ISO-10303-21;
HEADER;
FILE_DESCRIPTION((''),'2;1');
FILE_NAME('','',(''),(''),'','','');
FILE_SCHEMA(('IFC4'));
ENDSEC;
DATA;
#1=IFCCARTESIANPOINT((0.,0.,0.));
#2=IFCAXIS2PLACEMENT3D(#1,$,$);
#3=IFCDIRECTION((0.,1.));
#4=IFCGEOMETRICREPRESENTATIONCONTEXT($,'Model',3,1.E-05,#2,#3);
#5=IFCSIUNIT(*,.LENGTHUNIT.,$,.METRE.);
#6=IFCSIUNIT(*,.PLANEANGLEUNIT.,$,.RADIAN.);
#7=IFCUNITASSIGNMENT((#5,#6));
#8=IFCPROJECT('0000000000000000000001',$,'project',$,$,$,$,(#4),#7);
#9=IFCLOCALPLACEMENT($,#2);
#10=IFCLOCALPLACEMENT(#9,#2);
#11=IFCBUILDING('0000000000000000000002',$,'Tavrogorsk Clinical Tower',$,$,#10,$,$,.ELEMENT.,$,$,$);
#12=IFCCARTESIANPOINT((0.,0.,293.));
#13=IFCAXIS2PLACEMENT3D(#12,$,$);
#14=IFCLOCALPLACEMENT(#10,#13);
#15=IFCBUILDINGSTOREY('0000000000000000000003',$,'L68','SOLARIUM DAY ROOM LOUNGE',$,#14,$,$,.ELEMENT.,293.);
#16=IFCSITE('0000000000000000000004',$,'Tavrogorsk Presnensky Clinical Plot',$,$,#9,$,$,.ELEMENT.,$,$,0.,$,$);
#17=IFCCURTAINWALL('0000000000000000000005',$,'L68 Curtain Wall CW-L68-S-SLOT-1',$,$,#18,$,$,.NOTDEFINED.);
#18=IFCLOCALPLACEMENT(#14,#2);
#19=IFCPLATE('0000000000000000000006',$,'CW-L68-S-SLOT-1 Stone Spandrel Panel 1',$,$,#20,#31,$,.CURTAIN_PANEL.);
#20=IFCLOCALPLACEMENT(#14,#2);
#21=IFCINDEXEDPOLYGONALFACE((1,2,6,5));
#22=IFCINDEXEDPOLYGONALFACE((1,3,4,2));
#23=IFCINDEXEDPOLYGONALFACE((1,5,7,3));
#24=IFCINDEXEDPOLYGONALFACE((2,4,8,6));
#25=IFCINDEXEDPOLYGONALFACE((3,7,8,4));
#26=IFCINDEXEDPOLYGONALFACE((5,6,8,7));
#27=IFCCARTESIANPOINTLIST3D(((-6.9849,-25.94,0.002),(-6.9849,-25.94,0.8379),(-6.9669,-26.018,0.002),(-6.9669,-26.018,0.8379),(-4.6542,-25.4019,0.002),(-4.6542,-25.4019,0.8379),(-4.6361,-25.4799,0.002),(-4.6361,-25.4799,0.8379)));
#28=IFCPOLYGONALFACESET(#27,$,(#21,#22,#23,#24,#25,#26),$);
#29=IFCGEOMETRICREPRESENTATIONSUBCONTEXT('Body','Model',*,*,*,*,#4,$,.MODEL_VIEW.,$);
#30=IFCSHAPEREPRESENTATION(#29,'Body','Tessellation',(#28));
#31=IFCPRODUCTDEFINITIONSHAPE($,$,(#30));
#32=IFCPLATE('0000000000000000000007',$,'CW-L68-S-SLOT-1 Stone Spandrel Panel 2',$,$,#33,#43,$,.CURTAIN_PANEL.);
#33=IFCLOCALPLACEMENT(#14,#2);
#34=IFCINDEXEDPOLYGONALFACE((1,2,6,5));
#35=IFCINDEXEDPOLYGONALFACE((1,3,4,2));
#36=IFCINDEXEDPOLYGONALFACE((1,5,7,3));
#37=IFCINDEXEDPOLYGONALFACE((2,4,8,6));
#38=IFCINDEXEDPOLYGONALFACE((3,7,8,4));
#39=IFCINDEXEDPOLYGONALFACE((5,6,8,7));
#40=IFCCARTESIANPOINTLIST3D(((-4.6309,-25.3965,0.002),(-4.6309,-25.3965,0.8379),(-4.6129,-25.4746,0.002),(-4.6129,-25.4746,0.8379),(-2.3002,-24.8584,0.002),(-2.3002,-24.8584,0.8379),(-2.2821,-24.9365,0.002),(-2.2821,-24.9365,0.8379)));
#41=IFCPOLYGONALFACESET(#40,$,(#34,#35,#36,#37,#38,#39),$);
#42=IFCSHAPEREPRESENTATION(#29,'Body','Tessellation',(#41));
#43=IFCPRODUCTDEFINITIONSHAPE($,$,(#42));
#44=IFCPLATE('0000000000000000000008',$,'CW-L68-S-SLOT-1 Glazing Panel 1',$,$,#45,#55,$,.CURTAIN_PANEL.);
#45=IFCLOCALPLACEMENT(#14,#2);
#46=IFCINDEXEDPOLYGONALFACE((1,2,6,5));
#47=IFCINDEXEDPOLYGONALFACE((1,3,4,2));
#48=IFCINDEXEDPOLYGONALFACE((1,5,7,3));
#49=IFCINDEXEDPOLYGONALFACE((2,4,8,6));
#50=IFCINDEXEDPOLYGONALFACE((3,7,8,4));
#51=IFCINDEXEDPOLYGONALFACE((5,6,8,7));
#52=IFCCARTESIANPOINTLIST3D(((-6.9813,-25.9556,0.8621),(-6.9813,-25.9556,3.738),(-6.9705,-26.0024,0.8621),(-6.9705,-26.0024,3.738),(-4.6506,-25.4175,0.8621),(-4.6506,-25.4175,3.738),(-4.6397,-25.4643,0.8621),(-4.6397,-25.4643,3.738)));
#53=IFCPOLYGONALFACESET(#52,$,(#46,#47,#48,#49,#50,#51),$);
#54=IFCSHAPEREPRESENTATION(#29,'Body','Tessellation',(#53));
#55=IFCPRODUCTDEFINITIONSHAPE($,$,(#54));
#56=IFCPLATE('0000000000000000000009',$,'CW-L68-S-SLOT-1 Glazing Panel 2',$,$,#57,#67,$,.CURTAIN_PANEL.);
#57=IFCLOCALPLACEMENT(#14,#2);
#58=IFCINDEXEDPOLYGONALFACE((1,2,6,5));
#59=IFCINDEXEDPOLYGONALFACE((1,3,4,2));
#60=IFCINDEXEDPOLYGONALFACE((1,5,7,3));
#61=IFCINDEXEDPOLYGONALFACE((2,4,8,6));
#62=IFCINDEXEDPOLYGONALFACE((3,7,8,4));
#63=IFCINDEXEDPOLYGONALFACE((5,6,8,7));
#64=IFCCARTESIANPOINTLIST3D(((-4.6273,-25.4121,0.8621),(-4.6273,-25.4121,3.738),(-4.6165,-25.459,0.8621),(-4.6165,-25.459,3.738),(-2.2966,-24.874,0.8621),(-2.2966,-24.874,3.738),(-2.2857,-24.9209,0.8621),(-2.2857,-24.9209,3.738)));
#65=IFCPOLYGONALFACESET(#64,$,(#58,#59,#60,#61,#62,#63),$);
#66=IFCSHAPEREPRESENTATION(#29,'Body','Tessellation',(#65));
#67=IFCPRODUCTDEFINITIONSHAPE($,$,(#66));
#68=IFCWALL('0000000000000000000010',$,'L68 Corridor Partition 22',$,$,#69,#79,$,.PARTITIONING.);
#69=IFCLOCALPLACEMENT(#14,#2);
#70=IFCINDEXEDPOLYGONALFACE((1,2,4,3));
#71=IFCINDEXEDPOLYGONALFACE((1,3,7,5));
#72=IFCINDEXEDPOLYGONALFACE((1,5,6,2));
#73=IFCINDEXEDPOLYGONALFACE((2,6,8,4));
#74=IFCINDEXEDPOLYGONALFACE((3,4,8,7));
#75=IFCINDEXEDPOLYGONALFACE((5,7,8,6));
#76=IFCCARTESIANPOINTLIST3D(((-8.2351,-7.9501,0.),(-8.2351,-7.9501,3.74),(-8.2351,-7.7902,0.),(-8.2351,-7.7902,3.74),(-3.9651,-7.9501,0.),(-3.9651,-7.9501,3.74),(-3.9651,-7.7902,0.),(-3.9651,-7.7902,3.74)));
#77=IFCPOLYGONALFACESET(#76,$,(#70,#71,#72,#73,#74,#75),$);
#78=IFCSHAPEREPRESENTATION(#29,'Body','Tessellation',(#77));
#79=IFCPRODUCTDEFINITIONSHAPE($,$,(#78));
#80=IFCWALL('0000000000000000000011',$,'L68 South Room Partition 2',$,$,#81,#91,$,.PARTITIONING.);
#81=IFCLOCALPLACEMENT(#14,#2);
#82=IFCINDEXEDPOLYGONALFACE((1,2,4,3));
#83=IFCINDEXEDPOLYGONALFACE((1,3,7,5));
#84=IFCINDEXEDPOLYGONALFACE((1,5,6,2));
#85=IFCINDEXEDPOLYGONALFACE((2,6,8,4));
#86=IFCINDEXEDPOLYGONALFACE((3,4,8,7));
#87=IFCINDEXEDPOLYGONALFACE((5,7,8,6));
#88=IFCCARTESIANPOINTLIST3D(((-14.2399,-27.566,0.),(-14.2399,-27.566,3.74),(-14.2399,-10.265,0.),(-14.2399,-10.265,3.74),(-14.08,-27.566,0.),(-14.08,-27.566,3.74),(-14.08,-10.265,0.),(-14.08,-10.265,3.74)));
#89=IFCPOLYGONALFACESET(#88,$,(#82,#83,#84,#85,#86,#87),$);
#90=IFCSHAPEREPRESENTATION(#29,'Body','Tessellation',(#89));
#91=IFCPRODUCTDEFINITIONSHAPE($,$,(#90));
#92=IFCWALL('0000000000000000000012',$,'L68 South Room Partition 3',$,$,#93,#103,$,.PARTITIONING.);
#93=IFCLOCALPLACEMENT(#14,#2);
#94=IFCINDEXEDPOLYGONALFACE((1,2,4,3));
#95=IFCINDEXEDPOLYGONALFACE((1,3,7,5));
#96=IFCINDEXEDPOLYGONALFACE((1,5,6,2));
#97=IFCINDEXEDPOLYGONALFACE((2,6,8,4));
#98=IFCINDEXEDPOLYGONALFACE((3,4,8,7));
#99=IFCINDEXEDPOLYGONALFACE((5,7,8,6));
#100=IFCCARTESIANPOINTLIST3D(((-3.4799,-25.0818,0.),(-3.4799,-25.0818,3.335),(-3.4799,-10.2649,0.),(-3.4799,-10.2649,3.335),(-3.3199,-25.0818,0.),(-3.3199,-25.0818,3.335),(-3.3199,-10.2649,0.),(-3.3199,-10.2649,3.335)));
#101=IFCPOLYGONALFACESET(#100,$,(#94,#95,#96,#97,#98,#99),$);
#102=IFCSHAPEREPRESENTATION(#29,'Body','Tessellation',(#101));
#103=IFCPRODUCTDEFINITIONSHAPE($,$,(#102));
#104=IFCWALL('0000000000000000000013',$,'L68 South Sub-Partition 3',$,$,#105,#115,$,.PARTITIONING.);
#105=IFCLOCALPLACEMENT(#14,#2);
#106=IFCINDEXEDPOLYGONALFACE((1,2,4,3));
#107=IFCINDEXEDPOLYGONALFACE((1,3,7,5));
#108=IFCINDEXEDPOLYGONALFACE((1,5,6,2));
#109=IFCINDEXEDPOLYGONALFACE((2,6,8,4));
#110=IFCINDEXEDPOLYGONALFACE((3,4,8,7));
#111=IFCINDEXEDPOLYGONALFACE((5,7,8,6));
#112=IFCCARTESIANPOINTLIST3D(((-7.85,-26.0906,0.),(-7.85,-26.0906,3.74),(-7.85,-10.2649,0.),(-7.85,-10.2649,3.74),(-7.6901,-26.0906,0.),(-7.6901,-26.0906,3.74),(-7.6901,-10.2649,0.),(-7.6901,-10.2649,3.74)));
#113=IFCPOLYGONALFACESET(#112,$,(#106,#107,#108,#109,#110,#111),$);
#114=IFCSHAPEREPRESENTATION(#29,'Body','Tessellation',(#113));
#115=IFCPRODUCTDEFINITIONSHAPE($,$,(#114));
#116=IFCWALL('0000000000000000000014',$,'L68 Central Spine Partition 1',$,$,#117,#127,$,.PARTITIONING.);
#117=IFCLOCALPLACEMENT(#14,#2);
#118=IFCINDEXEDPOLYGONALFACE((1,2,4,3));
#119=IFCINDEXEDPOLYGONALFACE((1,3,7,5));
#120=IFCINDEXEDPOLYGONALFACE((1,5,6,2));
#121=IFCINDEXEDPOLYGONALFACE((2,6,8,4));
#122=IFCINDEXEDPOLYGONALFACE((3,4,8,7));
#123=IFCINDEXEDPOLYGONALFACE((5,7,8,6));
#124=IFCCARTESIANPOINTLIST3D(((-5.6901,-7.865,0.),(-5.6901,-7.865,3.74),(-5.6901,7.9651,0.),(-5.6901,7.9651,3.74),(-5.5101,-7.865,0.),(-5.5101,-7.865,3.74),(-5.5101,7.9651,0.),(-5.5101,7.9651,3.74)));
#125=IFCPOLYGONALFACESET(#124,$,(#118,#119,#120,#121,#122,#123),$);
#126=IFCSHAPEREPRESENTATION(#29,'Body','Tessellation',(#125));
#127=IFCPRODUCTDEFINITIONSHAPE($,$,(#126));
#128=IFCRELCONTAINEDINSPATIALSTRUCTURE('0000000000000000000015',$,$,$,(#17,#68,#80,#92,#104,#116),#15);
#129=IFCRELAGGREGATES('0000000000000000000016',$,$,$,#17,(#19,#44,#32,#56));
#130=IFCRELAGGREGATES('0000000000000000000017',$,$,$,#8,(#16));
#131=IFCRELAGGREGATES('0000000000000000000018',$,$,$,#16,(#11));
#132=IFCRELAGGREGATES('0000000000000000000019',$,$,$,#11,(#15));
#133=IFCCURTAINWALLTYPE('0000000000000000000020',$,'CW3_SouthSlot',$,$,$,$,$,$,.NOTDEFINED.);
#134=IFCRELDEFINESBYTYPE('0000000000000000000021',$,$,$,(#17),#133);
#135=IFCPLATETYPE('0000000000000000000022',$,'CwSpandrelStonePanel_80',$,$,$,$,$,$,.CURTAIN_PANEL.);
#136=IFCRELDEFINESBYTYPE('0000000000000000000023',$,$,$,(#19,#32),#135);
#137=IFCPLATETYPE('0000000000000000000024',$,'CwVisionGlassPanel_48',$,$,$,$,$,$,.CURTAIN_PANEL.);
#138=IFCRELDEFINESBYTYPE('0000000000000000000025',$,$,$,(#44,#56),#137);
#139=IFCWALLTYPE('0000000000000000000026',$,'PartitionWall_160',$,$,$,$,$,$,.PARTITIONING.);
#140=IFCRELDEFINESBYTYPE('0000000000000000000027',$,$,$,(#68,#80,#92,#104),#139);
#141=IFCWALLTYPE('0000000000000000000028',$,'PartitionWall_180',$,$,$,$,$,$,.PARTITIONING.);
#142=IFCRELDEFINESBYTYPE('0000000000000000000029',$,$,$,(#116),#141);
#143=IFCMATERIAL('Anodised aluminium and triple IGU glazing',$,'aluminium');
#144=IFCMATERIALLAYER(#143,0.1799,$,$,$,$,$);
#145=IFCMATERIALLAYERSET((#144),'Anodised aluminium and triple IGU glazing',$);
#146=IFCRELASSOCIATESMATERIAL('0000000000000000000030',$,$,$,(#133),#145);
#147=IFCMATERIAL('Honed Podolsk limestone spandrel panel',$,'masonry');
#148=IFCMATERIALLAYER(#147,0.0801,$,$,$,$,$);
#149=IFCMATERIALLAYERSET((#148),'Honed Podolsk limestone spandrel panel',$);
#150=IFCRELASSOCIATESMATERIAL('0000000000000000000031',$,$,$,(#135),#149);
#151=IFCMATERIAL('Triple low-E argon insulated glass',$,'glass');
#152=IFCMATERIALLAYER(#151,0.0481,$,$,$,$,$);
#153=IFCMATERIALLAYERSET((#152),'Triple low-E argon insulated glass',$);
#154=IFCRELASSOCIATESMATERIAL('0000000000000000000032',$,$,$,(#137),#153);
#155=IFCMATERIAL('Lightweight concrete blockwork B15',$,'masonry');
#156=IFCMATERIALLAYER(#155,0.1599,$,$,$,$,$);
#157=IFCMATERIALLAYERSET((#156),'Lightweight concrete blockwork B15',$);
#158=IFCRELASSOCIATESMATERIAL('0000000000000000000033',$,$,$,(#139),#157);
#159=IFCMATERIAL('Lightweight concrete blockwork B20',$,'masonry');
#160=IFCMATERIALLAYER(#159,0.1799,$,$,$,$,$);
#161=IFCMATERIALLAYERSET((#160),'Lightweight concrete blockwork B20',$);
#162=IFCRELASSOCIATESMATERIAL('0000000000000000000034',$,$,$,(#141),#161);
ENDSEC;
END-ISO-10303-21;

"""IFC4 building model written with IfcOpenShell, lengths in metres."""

from ifc_helpers import new_model, si_unit, direction, frame, frame_2d, origin, origin_2d, place, context, subcontext, project, spatial, rectangle, extrude, material, layer, layer_set, type_object, element, aggregate, save


model = new_model("IFC4")

# Units and contexts
model_context = context("Model", 3, precision=1e-05, world=origin(), true_north=direction((0.0, 1.0)))
body_context = subcontext(model_context, "Body", "Model", "MODEL_VIEW")
ifc_project = project(units=[si_unit("LENGTHUNIT", "METRE"), si_unit("PLANEANGLEUNIT", "RADIAN")], contexts=[model_context])

# Site, building, storey
site_placement = place(None, origin())
site = spatial("IfcSite", under=ifc_project, at=site_placement, Name="Tavrogorsk Presnensky Clinical Plot", CompositionType="ELEMENT", RefElevation=0.0)
building_placement = place(site_placement, origin())
building = spatial("IfcBuilding", under=site, at=building_placement, Name="Tavrogorsk Clinical Tower", CompositionType="ELEMENT")
storey_placement = place(building_placement, frame((0.0, 0.0, 293.0)))
storey = spatial("IfcBuildingStorey", under=building, at=storey_placement, Name="L68", Description="SOLARIUM DAY ROOM LOUNGE", CompositionType="ELEMENT", Elevation=293.0)

# Curtain wall
ifc_material_1 = material(Name="Anodised aluminium and triple IGU glazing", Category="aluminium")
ifc_layer_1 = layer(ifc_material_1, 0.1799)
ifc_layer_set_1 = layer_set([ifc_layer_1], Name="Anodised aluminium and triple IGU glazing")
curtain_wall_type = type_object("IfcCurtainWallType", Name="CW3_SouthSlot", PredefinedType="NOTDEFINED", material=ifc_layer_set_1)
curtain_wall_placement = place(storey_placement, origin())
curtain_wall = element("IfcCurtainWall", 1, at=curtain_wall_placement, inside=storey, type_object=curtain_wall_type, Name="L68 Curtain Wall CW-L68-S-SLOT-1", PredefinedType="NOTDEFINED")

# Plates
ifc_material_2 = material(Name="Honed Podolsk limestone spandrel panel", Category="masonry")
ifc_layer_2 = layer(ifc_material_2, 0.0801)
ifc_layer_set_2 = layer_set([ifc_layer_2], Name="Honed Podolsk limestone spandrel panel")
plate_type_1 = type_object("IfcPlateType", Name="CwSpandrelStonePanel_80", PredefinedType="CURTAIN_PANEL", material=ifc_layer_set_2)
plate_1_placement = place(storey_placement, frame((-5.8105, -25.71, 0.002), z_axis=(0.0, 0.0, 1.0), x_axis=(0.97437, 0.224951, 0.0)))
plate_1 = element("IfcPlate", 2, at=plate_1_placement, type_object=plate_type_1, Name="CW-L68-S-SLOT-1 Stone Spandrel Panel 1", PredefinedType="CURTAIN_PANEL", context=body_context, shape_type="SweptSolid", body=[
    extrude(rectangle(XDim=2.3921, YDim=0.0801, at=origin_2d()), origin(), (0.0, 0.0, 1.0), 0.8359),
])
plate_2_placement = place(storey_placement, frame((-3.4565, -25.1665, 0.002), z_axis=(0.0, 0.0, 1.0), x_axis=(0.97437, 0.224951, 0.0)))
plate_2 = element("IfcPlate", 3, at=plate_2_placement, type_object=plate_type_1, Name="CW-L68-S-SLOT-1 Stone Spandrel Panel 2", PredefinedType="CURTAIN_PANEL", context=body_context, shape_type="SweptSolid", body=[
    extrude(rectangle(XDim=2.3921, YDim=0.0801, at=origin_2d()), origin(), (0.0, 0.0, 1.0), 0.8359),
])
ifc_material_3 = material(Name="Triple low-E argon insulated glass", Category="glass")
ifc_layer_3 = layer(ifc_material_3, 0.0481)
ifc_layer_set_3 = layer_set([ifc_layer_3], Name="Triple low-E argon insulated glass")
plate_type_2 = type_object("IfcPlateType", Name="CwVisionGlassPanel_48", PredefinedType="CURTAIN_PANEL", material=ifc_layer_set_3)
plate_3_placement = place(storey_placement, frame((-5.8105, -25.71, 0.8621), z_axis=(0.0, 0.0, 1.0), x_axis=(0.97437, 0.224951, 0.0)))
plate_3 = element("IfcPlate", 4, at=plate_3_placement, type_object=plate_type_2, Name="CW-L68-S-SLOT-1 Glazing Panel 1", PredefinedType="CURTAIN_PANEL", context=body_context, shape_type="SweptSolid", body=[
    extrude(rectangle(XDim=2.3921, YDim=0.0481, at=origin_2d()), origin(), (0.0, 0.0, 1.0), 2.876),
])
plate_4_placement = place(storey_placement, frame((-3.4565, -25.1665, 0.8621), z_axis=(0.0, 0.0, 1.0), x_axis=(0.97437, 0.224951, 0.0)))
plate_4 = element("IfcPlate", 5, at=plate_4_placement, type_object=plate_type_2, Name="CW-L68-S-SLOT-1 Glazing Panel 2", PredefinedType="CURTAIN_PANEL", context=body_context, shape_type="SweptSolid", body=[
    extrude(rectangle(XDim=2.3921, YDim=0.0481, at=origin_2d()), origin(), (0.0, 0.0, 1.0), 2.876),
])
aggregate(curtain_wall, [plate_1, plate_3, plate_2, plate_4])

# Walls
ifc_material_4 = material(Name="Lightweight concrete blockwork B15", Category="masonry")
ifc_layer_4 = layer(ifc_material_4, 0.1599)
ifc_layer_set_4 = layer_set([ifc_layer_4], Name="Lightweight concrete blockwork B15")
wall_type_1 = type_object("IfcWallType", Name="PartitionWall_160", PredefinedType="PARTITIONING", material=ifc_layer_set_4)
wall_1_placement = place(storey_placement, frame((-8.2351, -7.8701, 0.0), z_axis=(0.0, 0.0, 1.0), x_axis=(1.0, 0.0, 0.0)))
element("IfcWall", 6, at=wall_1_placement, inside=storey, type_object=wall_type_1, Name="L68 Corridor Partition 22", PredefinedType="PARTITIONING", context=body_context, shape_type="SweptSolid", body=[
    extrude(rectangle(XDim=4.27, YDim=0.1599, at=frame_2d((2.135, 0.0))), origin(), (0.0, 0.0, 1.0), 3.74),
])
wall_2_placement = place(storey_placement, frame((-14.1599, -27.5659, 0.0), z_axis=(0.0, 0.0, 1.0), x_axis=(0.0, 1.0, 0.0)))
element("IfcWall", 7, at=wall_2_placement, inside=storey, type_object=wall_type_1, Name="L68 South Room Partition 2", PredefinedType="PARTITIONING", context=body_context, shape_type="SweptSolid", body=[
    extrude(rectangle(XDim=17.301, YDim=0.1599, at=frame_2d((8.6504, 0.0))), origin(), (0.0, 0.0, 1.0), 3.74),
])
wall_3_placement = place(storey_placement, frame((-3.3999, -25.0818, 0.0), z_axis=(0.0, 0.0, 1.0), x_axis=(0.0, 1.0, 0.0)))
element("IfcWall", 8, at=wall_3_placement, inside=storey, type_object=wall_type_1, Name="L68 South Room Partition 3", PredefinedType="PARTITIONING", context=body_context, shape_type="SweptSolid", body=[
    extrude(rectangle(XDim=14.8169, YDim=0.1599, at=frame_2d((7.4084, 0.0))), origin(), (0.0, 0.0, 1.0), 3.335),
])
wall_4_placement = place(storey_placement, frame((-7.77, -26.0906, 0.0), z_axis=(0.0, 0.0, 1.0), x_axis=(0.0, 1.0, 0.0)))
element("IfcWall", 9, at=wall_4_placement, inside=storey, type_object=wall_type_1, Name="L68 South Sub-Partition 3", PredefinedType="PARTITIONING", context=body_context, shape_type="SweptSolid", body=[
    extrude(rectangle(XDim=15.8257, YDim=0.1599, at=frame_2d((7.9128, 0.0))), origin(), (0.0, 0.0, 1.0), 3.74),
])
ifc_material_5 = material(Name="Lightweight concrete blockwork B20", Category="masonry")
ifc_layer_5 = layer(ifc_material_5, 0.1799)
ifc_layer_set_5 = layer_set([ifc_layer_5], Name="Lightweight concrete blockwork B20")
wall_type_2 = type_object("IfcWallType", Name="PartitionWall_180", PredefinedType="PARTITIONING", material=ifc_layer_set_5)
wall_5_placement = place(storey_placement, frame((-5.6001, -7.865, 0.0), z_axis=(0.0, 0.0, 1.0), x_axis=(0.0, 1.0, 0.0)))
element("IfcWall", 10, at=wall_5_placement, inside=storey, type_object=wall_type_2, Name="L68 Central Spine Partition 1", PredefinedType="PARTITIONING", context=body_context, shape_type="SweptSolid", body=[
    extrude(rectangle(XDim=15.8301, YDim=0.1799, at=frame_2d((7.915, 0.0))), origin(), (0.0, 0.0, 1.0), 3.74),
])

save(model, "model.ifc")
